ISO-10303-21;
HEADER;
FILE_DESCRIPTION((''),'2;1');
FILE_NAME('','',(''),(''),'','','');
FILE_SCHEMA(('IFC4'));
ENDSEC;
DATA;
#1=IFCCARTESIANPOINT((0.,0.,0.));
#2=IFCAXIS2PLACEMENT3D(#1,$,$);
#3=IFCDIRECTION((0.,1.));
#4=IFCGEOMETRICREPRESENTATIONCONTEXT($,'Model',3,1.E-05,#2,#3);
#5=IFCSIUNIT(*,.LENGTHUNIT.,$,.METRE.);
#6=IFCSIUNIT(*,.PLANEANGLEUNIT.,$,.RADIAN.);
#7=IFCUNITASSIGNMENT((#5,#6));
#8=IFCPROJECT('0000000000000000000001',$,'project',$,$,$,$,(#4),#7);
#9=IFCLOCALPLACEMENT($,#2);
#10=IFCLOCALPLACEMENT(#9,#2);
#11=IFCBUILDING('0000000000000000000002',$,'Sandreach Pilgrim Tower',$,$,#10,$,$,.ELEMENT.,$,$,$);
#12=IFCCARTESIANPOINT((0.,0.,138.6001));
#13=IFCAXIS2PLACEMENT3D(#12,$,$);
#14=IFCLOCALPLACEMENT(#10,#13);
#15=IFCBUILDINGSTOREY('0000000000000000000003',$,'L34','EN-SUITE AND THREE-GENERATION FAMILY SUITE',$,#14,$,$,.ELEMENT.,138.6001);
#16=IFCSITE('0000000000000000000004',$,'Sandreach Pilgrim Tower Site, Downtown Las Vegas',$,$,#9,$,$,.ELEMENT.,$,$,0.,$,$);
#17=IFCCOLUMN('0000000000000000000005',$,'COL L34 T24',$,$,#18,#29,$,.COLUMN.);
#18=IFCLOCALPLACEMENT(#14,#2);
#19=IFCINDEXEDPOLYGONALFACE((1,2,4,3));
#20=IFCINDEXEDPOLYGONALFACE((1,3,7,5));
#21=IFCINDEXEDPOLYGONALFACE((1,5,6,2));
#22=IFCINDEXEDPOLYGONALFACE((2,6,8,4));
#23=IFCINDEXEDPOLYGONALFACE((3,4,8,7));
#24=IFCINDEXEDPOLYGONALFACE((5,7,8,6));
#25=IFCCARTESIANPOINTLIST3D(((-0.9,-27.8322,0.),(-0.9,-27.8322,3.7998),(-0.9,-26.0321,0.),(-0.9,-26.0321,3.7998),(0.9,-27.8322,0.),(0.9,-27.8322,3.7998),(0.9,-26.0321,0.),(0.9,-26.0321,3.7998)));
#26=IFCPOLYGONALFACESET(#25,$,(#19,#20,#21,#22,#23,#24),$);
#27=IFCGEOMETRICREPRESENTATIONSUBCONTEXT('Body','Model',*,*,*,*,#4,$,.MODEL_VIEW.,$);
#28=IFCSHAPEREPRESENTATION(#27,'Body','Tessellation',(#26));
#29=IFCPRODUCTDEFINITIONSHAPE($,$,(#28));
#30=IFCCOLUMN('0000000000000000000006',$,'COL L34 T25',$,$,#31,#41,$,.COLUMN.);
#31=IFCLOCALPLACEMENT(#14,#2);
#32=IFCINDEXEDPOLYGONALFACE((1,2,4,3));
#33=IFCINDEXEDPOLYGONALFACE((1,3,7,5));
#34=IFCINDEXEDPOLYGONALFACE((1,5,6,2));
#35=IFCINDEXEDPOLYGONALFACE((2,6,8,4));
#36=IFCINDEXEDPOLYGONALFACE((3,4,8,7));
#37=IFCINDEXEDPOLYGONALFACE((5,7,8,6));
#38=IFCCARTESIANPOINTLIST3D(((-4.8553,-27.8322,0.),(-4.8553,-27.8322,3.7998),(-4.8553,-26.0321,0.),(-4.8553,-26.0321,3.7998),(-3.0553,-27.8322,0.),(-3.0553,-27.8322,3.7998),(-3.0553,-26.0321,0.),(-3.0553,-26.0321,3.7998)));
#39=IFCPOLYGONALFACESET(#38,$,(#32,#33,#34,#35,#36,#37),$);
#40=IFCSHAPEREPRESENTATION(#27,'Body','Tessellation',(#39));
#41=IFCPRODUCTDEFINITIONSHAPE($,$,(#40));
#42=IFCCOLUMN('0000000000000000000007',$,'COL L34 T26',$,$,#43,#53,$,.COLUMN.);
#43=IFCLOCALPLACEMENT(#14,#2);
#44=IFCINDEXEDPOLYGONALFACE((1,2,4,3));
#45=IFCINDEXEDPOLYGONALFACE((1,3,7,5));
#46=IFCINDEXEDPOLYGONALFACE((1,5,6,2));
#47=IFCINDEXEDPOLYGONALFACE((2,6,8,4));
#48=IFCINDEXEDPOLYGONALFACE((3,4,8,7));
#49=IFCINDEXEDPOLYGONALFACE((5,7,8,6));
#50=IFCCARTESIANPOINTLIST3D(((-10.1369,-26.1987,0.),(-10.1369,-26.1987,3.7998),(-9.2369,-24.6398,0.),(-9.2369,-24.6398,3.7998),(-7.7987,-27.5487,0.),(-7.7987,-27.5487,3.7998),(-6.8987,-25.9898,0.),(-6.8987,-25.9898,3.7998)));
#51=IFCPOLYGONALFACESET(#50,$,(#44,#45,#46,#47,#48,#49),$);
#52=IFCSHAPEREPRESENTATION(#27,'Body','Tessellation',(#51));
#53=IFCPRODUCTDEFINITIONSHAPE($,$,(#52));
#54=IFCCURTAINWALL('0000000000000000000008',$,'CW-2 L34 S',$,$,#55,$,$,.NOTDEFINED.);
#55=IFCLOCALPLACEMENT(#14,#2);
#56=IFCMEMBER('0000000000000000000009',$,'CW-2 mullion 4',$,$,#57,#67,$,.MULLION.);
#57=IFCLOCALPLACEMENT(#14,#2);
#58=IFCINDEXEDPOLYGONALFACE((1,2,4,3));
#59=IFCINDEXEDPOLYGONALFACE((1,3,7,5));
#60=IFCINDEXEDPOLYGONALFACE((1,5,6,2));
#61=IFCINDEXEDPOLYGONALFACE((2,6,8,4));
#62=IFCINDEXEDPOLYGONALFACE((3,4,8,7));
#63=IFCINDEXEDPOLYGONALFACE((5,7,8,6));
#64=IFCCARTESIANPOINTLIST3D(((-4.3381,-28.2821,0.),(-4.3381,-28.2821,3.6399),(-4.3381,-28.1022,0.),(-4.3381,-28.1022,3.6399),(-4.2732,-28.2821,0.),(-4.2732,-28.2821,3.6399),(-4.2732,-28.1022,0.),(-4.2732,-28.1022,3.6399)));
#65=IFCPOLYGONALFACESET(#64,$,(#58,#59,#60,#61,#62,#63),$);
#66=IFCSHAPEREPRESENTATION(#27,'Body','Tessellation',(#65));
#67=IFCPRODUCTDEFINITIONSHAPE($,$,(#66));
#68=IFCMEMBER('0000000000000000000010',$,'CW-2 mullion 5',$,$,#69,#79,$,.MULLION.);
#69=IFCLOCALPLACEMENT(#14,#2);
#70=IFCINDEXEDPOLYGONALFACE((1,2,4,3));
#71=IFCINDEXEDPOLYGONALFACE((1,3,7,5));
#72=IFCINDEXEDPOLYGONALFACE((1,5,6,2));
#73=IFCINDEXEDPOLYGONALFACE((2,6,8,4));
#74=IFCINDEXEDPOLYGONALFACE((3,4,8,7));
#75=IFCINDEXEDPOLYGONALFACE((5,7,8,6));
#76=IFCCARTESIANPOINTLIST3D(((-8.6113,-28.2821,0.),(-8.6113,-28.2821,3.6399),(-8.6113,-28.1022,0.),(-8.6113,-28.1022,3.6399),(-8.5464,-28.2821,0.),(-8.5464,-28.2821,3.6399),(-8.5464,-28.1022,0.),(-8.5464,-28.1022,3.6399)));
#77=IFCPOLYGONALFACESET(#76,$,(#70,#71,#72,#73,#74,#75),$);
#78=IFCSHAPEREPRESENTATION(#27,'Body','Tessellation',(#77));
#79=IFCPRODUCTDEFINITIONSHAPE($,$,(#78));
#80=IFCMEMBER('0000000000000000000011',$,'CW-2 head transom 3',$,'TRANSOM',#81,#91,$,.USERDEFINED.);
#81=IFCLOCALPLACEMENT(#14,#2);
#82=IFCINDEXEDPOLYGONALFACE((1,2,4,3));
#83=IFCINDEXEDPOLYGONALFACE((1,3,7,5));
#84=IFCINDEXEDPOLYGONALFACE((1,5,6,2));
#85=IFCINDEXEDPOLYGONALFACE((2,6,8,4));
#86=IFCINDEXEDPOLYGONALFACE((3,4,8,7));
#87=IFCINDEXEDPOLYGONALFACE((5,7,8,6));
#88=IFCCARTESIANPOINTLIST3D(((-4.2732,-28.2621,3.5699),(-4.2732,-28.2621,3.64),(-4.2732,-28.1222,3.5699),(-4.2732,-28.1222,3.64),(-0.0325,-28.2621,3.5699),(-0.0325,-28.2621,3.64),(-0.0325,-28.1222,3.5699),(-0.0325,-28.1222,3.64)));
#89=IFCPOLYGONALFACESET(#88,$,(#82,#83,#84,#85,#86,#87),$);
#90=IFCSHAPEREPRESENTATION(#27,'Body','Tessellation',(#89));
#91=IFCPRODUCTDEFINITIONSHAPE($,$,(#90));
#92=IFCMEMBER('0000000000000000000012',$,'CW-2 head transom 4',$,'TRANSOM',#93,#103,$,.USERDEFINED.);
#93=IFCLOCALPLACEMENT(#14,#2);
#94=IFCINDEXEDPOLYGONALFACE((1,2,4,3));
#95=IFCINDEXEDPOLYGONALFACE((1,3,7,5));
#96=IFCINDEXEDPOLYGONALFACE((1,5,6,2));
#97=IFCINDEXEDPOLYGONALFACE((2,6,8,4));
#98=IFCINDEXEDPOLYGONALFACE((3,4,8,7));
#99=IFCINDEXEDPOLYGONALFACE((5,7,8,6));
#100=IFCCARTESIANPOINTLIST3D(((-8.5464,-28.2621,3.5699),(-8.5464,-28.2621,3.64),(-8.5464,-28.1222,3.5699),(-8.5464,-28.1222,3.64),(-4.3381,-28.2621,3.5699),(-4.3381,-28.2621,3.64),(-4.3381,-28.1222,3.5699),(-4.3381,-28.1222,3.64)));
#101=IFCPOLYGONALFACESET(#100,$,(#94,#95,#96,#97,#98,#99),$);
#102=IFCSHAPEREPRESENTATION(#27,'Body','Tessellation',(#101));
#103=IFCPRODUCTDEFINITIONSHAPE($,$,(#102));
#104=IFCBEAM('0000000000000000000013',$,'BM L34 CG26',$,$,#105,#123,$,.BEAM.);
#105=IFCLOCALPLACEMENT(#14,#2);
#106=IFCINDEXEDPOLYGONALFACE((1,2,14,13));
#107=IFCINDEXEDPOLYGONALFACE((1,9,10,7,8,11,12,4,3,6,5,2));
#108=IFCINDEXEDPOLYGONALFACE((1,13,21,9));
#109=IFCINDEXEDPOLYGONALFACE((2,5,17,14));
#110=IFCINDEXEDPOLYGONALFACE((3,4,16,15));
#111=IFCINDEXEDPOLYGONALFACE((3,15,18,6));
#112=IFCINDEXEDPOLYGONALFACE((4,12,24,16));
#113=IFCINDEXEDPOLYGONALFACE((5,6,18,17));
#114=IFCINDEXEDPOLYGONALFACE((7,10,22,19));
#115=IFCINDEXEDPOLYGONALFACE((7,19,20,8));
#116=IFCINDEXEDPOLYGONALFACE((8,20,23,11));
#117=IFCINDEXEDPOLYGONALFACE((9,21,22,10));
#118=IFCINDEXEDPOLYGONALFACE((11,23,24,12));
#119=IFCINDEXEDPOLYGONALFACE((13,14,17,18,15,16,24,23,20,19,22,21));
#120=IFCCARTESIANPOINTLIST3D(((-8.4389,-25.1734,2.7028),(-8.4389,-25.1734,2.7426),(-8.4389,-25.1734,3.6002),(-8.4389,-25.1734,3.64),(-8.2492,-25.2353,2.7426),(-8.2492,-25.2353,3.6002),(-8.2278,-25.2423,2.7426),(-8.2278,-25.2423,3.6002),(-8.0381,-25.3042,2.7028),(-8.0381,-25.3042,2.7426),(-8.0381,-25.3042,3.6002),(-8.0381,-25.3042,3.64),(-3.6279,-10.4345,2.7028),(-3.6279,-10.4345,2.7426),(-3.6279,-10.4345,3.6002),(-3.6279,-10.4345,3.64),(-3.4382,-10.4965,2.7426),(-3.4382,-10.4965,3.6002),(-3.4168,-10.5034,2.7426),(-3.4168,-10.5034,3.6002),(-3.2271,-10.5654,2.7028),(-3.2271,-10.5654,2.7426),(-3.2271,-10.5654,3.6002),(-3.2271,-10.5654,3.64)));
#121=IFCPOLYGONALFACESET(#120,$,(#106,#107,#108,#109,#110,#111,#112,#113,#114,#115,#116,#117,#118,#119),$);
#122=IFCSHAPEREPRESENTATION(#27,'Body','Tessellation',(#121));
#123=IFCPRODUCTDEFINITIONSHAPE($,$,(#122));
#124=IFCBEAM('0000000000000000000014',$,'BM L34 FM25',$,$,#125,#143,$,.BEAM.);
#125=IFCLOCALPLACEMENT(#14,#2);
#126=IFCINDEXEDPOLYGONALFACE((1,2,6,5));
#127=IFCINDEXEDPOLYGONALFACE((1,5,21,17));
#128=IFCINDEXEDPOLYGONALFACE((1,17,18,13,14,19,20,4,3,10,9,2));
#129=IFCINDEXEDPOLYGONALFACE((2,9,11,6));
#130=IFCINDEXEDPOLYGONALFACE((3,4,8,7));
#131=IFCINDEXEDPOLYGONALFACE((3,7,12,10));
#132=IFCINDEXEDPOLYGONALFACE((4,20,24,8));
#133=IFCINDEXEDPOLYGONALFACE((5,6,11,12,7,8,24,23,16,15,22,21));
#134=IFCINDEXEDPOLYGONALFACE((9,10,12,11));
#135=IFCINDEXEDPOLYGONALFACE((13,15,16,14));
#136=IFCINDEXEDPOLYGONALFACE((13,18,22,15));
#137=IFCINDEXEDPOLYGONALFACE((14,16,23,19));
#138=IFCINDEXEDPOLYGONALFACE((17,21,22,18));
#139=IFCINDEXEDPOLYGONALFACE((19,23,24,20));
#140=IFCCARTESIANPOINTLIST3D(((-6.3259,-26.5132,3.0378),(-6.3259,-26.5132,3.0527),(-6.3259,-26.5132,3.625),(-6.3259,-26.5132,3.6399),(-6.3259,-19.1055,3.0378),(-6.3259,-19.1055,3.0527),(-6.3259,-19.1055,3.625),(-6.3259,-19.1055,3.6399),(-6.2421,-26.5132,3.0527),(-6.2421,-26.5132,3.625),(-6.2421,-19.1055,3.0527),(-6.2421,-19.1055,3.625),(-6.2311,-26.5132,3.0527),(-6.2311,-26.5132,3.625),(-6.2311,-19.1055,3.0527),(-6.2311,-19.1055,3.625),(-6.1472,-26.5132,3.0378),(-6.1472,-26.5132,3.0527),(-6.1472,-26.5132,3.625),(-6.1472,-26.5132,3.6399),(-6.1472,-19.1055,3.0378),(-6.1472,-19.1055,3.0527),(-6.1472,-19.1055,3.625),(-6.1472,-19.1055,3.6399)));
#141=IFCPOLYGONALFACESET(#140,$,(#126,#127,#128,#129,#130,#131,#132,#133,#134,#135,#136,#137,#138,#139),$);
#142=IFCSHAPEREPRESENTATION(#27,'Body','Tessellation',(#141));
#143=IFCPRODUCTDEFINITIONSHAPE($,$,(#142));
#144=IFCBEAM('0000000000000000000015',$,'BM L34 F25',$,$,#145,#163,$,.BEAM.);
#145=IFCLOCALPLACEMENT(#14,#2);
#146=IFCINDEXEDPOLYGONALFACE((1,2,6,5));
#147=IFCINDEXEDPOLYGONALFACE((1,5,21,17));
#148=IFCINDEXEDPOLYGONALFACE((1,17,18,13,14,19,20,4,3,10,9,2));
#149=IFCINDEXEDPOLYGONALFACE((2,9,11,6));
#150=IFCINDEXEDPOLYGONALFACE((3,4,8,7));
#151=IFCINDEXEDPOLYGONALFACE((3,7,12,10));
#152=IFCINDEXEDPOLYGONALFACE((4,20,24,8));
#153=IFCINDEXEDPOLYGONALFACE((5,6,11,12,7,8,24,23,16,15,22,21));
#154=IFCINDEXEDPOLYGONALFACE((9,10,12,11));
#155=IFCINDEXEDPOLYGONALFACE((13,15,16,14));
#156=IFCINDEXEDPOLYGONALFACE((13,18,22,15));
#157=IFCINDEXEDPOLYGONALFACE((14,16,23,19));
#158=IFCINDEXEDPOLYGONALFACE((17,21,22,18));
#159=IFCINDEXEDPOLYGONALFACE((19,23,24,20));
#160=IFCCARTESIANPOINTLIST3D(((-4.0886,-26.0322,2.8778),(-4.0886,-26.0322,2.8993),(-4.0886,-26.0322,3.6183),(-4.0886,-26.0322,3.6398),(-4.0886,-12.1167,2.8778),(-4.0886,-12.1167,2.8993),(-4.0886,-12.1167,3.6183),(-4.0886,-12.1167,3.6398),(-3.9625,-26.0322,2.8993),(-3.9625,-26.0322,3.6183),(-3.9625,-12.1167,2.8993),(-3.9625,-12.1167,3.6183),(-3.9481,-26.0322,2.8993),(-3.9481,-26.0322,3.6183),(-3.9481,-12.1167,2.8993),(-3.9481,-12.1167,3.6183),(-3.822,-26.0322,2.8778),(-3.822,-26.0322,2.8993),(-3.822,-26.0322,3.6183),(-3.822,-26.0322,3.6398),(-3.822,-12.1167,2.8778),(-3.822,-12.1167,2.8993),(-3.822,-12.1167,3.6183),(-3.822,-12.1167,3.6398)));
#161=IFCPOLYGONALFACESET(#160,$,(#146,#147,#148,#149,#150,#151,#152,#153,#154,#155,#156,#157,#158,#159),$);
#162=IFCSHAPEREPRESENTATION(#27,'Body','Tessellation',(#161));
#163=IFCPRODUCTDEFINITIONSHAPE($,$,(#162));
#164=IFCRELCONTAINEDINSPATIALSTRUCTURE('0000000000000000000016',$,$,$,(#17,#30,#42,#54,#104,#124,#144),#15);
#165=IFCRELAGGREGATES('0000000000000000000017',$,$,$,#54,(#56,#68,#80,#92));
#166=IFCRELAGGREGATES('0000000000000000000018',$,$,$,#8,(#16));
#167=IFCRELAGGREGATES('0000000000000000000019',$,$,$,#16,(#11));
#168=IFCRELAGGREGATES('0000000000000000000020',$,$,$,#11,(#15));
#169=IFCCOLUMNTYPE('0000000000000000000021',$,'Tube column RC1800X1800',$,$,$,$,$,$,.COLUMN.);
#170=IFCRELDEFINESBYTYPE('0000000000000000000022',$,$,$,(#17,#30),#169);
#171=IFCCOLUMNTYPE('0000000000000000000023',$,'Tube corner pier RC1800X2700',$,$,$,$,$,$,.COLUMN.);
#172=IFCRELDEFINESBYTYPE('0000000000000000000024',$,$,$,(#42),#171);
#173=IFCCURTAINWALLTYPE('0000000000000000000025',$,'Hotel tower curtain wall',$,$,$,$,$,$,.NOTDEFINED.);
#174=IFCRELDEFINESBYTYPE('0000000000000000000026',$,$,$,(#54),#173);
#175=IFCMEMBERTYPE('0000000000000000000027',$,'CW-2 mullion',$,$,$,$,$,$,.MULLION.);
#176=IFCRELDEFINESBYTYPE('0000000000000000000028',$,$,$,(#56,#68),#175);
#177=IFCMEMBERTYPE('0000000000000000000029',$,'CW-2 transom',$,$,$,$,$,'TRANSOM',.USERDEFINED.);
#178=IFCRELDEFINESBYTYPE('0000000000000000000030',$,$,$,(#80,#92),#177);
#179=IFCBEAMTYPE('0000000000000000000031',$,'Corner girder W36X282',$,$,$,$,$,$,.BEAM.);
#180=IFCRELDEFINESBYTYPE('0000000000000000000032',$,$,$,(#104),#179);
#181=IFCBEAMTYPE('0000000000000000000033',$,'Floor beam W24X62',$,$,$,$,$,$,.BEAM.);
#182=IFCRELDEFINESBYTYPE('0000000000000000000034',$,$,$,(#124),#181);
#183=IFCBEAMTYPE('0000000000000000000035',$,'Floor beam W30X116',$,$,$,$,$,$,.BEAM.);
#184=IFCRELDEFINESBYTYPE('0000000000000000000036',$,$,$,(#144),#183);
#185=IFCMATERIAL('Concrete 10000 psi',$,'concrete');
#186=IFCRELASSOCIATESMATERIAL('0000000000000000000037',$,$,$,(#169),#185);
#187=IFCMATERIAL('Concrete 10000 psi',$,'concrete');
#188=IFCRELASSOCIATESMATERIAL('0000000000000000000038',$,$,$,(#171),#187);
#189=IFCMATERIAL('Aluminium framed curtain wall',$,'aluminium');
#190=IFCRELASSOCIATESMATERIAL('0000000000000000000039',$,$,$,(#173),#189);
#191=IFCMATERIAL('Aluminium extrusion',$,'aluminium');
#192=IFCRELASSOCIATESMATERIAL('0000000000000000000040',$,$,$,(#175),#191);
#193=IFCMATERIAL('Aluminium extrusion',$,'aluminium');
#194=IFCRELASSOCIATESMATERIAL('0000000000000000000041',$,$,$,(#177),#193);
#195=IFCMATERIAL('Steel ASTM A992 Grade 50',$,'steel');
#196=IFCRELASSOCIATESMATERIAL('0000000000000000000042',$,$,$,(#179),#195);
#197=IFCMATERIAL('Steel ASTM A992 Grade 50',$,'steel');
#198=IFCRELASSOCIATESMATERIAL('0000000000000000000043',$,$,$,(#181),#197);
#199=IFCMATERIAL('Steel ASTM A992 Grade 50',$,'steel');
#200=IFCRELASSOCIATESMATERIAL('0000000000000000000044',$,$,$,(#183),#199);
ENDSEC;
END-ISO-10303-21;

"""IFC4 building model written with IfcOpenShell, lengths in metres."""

from ifc_helpers import new_model, si_unit, direction, frame, origin, origin_2d, place, context, subcontext, project, spatial, rectangle, i_section, extrude, material, material_profile, profile_set, type_object, element, aggregate, save


model = new_model("IFC4")

# Units and contexts
model_context = context("Model", 3, precision=1e-05, world=origin(), true_north=direction((0.0, 1.0)))
body_context = subcontext(model_context, "Body", "Model", "MODEL_VIEW")
ifc_project = project(units=[si_unit("LENGTHUNIT", "METRE"), si_unit("PLANEANGLEUNIT", "RADIAN")], contexts=[model_context])

# Site, building, storey
site_placement = place(None, origin())
site = spatial("IfcSite", under=ifc_project, at=site_placement, Name="Sandreach Pilgrim Tower Site, Downtown Las Vegas", CompositionType="ELEMENT", RefElevation=0.0)
building_placement = place(site_placement, origin())
building = spatial("IfcBuilding", under=site, at=building_placement, Name="Sandreach Pilgrim Tower", CompositionType="ELEMENT")
storey_placement = place(building_placement, frame((0.0, 0.0, 138.6001)))
storey = spatial("IfcBuildingStorey", under=building, at=storey_placement, Name="L34", Description="EN-SUITE AND THREE-GENERATION FAMILY SUITE", CompositionType="ELEMENT", Elevation=138.6001)

# Columns
ifc_material_1 = material(Name="Concrete 10000 psi", Category="concrete")
ifc_material_profile_1 = material_profile(ifc_material_1, rectangle(XDim=1.8, YDim=1.8, at=origin_2d()), Name="RC1800X1800")
ifc_profile_set_1 = profile_set([ifc_material_profile_1], Name="Concrete 10000 psi")
column_type_1 = type_object("IfcColumnType", Name="Tube column RC1800X1800", PredefinedType="COLUMN", material=ifc_profile_set_1)
for number, where, z_axis, x_axis, name in (
    (1, (0.0, -26.9321, 0.0), (0.0, 0.0, 1.0), (0.0, -1.0, 0.0), "COL L34 T24"),
    (2, (-3.9553, -26.9321, 0.0), (0.0, 0.0, 1.0), (0.0, -1.0, 0.0), "COL L34 T25"),
):
    element("IfcColumn", number, at=place(storey_placement, frame(where, z_axis=z_axis, x_axis=x_axis)), inside=storey, type_object=column_type_1, Name=name, PredefinedType="COLUMN", context=body_context, shape_type="SweptSolid", body=[
        extrude(rectangle(XDim=1.8, YDim=1.8, at=origin_2d()), origin(), (0.0, 0.0, 1.0), 3.7998),
    ])
ifc_material_2 = material(Name="Concrete 10000 psi", Category="concrete")
ifc_material_profile_2 = material_profile(ifc_material_2, rectangle(XDim=1.8, YDim=2.7, at=origin_2d()), Name="RC1800X2700")
ifc_profile_set_2 = profile_set([ifc_material_profile_2], Name="Concrete 10000 psi")
column_type_2 = type_object("IfcColumnType", Name="Tube corner pier RC1800X2700", PredefinedType="COLUMN", material=ifc_profile_set_2)
column_placement = place(storey_placement, frame((-8.5178, -26.0942, 0.0), z_axis=(0.0, 0.0, 1.0), x_axis=(-0.5, -0.866025, 0.0)))
element("IfcColumn", 3, at=column_placement, inside=storey, type_object=column_type_2, Name="COL L34 T26", PredefinedType="COLUMN", context=body_context, shape_type="SweptSolid", body=[
    extrude(rectangle(XDim=1.8, YDim=2.7, at=origin_2d()), origin(), (0.0, 0.0, 1.0), 3.7998),
])

# Curtain wall, members
ifc_material_3 = material(Name="Aluminium framed curtain wall", Category="aluminium")
curtain_wall_type = type_object("IfcCurtainWallType", Name="Hotel tower curtain wall", PredefinedType="NOTDEFINED", material=ifc_material_3)
curtain_wall_placement = place(storey_placement, origin())
curtain_wall = element("IfcCurtainWall", 4, at=curtain_wall_placement, inside=storey, type_object=curtain_wall_type, Name="CW-2 L34 S", PredefinedType="NOTDEFINED")
ifc_material_4 = material(Name="Aluminium extrusion", Category="aluminium")
ifc_material_profile_3 = material_profile(ifc_material_4, rectangle(XDim=0.0649, YDim=0.1799, at=origin_2d()), Name="CW-2M 65X180")
ifc_profile_set_3 = profile_set([ifc_material_profile_3], Name="Aluminium extrusion")
member_type_1 = type_object("IfcMemberType", Name="CW-2 mullion", PredefinedType="MULLION", material=ifc_profile_set_3)
member_1_placement = place(storey_placement, frame((-4.3057, -28.1921, 0.0), z_axis=(0.0, 0.0, 1.0), x_axis=(-1.0, 0.0, 0.0)))
member_1 = element("IfcMember", 5, at=member_1_placement, type_object=member_type_1, Name="CW-2 mullion 4", PredefinedType="MULLION", context=body_context, shape_type="SweptSolid", body=[
    extrude(rectangle(XDim=0.0649, YDim=0.1799, at=origin_2d()), origin(), (0.0, 0.0, 1.0), 3.6399),
])
member_2_placement = place(storey_placement, frame((-8.5789, -28.1921, 0.0), z_axis=(0.0, 0.0, 1.0), x_axis=(-1.0, 0.0, 0.0)))
member_2 = element("IfcMember", 6, at=member_2_placement, type_object=member_type_1, Name="CW-2 mullion 5", PredefinedType="MULLION", context=body_context, shape_type="SweptSolid", body=[
    extrude(rectangle(XDim=0.0649, YDim=0.1799, at=origin_2d()), origin(), (0.0, 0.0, 1.0), 3.6399),
])
ifc_material_5 = material(Name="Aluminium extrusion", Category="aluminium")
ifc_material_profile_4 = material_profile(ifc_material_5, rectangle(XDim=0.1399, YDim=0.0701, at=origin_2d()), Name="CW-2T 140X70")
ifc_profile_set_4 = profile_set([ifc_material_profile_4], Name="Aluminium extrusion")
member_type_2 = type_object("IfcMemberType", Name="CW-2 transom", ElementType="TRANSOM", PredefinedType="USERDEFINED", material=ifc_profile_set_4)
member_3_placement = place(storey_placement, frame((-0.0325, -28.1921, 3.605), z_axis=(-1.0, 0.0, 0.0), x_axis=(0.0, -1.0, 0.0)))
member_3 = element("IfcMember", 7, at=member_3_placement, type_object=member_type_2, Name="CW-2 head transom 3", ObjectType="TRANSOM", PredefinedType="USERDEFINED", context=body_context, shape_type="SweptSolid", body=[
    extrude(rectangle(XDim=0.1399, YDim=0.0701, at=origin_2d()), origin(), (0.0, 0.0, 1.0), 4.2407),
])
member_4_placement = place(storey_placement, frame((-4.3381, -28.1921, 3.605), z_axis=(-1.0, 0.0, 0.0), x_axis=(0.0, -1.0, 0.0)))
member_4 = element("IfcMember", 8, at=member_4_placement, type_object=member_type_2, Name="CW-2 head transom 4", ObjectType="TRANSOM", PredefinedType="USERDEFINED", context=body_context, shape_type="SweptSolid", body=[
    extrude(rectangle(XDim=0.1399, YDim=0.0701, at=origin_2d()), origin(), (0.0, 0.0, 1.0), 4.2083),
])

# Beams
ifc_material_6 = material(Name="Steel ASTM A992 Grade 50", Category="steel")
ifc_material_profile_5 = material_profile(ifc_material_6, i_section(OverallWidth=0.4216, OverallDepth=0.9373, WebThickness=0.0225, FlangeThickness=0.0398, at=origin_2d()), Name="W36X282")
ifc_profile_set_5 = profile_set([ifc_material_profile_5], Name="Steel ASTM A992 Grade 50")
beam_type_1 = type_object("IfcBeamType", Name="Corner girder W36X282", PredefinedType="BEAM", material=ifc_profile_set_5)
beam_1_placement = place(storey_placement, frame((-8.2385, -25.2388, 3.1714), z_axis=(0.310307, 0.950636, 0.0), x_axis=(-0.950636, 0.310307, 0.0)))
element("IfcBeam", 9, at=beam_1_placement, inside=storey, type_object=beam_type_1, Name="BM L34 CG26", PredefinedType="BEAM", context=body_context, shape_type="SweptSolid", body=[
    extrude(i_section(OverallWidth=0.4216, OverallDepth=0.9373, WebThickness=0.0225, FlangeThickness=0.0398, at=origin_2d()), origin(), (0.0, 0.0, 1.0), 15.5042),
])
ifc_material_7 = material(Name="Steel ASTM A992 Grade 50", Category="steel")
ifc_material_profile_6 = material_profile(ifc_material_7, i_section(OverallWidth=0.1787, OverallDepth=0.6021, WebThickness=0.011, FlangeThickness=0.0149, at=origin_2d()), Name="W24X62")
ifc_profile_set_6 = profile_set([ifc_material_profile_6], Name="Steel ASTM A992 Grade 50")
beam_type_2 = type_object("IfcBeamType", Name="Floor beam W24X62", PredefinedType="BEAM", material=ifc_profile_set_6)
beam_2_placement = place(storey_placement, frame((-6.2366, -26.5132, 3.3389), z_axis=(0.0, 1.0, 0.0), x_axis=(-1.0, 0.0, 0.0)))
element("IfcBeam", 10, at=beam_2_placement, inside=storey, type_object=beam_type_2, Name="BM L34 FM25", PredefinedType="BEAM", context=body_context, shape_type="SweptSolid", body=[
    extrude(i_section(OverallWidth=0.1787, OverallDepth=0.6021, WebThickness=0.011, FlangeThickness=0.0149, at=origin_2d()), origin(), (0.0, 0.0, 1.0), 7.4077),
])
ifc_material_8 = material(Name="Steel ASTM A992 Grade 50", Category="steel")
ifc_material_profile_7 = material_profile(ifc_material_8, i_section(OverallWidth=0.2666, OverallDepth=0.762, WebThickness=0.0144, FlangeThickness=0.0215, at=origin_2d()), Name="W30X116")
ifc_profile_set_7 = profile_set([ifc_material_profile_7], Name="Steel ASTM A992 Grade 50")
beam_type_3 = type_object("IfcBeamType", Name="Floor beam W30X116", PredefinedType="BEAM", material=ifc_profile_set_7)
beam_3_placement = place(storey_placement, frame((-3.9553, -26.0322, 3.2588), z_axis=(0.0, 1.0, 0.0), x_axis=(-1.0, 0.0, 0.0)))
element("IfcBeam", 11, at=beam_3_placement, inside=storey, type_object=beam_type_3, Name="BM L34 F25", PredefinedType="BEAM", context=body_context, shape_type="SweptSolid", body=[
    extrude(i_section(OverallWidth=0.2666, OverallDepth=0.762, WebThickness=0.0144, FlangeThickness=0.0215, at=origin_2d()), origin(), (0.0, 0.0, 1.0), 13.9155),
])

aggregate(curtain_wall, [member_1, member_2, member_3, member_4])

save(model, "model.ifc")
